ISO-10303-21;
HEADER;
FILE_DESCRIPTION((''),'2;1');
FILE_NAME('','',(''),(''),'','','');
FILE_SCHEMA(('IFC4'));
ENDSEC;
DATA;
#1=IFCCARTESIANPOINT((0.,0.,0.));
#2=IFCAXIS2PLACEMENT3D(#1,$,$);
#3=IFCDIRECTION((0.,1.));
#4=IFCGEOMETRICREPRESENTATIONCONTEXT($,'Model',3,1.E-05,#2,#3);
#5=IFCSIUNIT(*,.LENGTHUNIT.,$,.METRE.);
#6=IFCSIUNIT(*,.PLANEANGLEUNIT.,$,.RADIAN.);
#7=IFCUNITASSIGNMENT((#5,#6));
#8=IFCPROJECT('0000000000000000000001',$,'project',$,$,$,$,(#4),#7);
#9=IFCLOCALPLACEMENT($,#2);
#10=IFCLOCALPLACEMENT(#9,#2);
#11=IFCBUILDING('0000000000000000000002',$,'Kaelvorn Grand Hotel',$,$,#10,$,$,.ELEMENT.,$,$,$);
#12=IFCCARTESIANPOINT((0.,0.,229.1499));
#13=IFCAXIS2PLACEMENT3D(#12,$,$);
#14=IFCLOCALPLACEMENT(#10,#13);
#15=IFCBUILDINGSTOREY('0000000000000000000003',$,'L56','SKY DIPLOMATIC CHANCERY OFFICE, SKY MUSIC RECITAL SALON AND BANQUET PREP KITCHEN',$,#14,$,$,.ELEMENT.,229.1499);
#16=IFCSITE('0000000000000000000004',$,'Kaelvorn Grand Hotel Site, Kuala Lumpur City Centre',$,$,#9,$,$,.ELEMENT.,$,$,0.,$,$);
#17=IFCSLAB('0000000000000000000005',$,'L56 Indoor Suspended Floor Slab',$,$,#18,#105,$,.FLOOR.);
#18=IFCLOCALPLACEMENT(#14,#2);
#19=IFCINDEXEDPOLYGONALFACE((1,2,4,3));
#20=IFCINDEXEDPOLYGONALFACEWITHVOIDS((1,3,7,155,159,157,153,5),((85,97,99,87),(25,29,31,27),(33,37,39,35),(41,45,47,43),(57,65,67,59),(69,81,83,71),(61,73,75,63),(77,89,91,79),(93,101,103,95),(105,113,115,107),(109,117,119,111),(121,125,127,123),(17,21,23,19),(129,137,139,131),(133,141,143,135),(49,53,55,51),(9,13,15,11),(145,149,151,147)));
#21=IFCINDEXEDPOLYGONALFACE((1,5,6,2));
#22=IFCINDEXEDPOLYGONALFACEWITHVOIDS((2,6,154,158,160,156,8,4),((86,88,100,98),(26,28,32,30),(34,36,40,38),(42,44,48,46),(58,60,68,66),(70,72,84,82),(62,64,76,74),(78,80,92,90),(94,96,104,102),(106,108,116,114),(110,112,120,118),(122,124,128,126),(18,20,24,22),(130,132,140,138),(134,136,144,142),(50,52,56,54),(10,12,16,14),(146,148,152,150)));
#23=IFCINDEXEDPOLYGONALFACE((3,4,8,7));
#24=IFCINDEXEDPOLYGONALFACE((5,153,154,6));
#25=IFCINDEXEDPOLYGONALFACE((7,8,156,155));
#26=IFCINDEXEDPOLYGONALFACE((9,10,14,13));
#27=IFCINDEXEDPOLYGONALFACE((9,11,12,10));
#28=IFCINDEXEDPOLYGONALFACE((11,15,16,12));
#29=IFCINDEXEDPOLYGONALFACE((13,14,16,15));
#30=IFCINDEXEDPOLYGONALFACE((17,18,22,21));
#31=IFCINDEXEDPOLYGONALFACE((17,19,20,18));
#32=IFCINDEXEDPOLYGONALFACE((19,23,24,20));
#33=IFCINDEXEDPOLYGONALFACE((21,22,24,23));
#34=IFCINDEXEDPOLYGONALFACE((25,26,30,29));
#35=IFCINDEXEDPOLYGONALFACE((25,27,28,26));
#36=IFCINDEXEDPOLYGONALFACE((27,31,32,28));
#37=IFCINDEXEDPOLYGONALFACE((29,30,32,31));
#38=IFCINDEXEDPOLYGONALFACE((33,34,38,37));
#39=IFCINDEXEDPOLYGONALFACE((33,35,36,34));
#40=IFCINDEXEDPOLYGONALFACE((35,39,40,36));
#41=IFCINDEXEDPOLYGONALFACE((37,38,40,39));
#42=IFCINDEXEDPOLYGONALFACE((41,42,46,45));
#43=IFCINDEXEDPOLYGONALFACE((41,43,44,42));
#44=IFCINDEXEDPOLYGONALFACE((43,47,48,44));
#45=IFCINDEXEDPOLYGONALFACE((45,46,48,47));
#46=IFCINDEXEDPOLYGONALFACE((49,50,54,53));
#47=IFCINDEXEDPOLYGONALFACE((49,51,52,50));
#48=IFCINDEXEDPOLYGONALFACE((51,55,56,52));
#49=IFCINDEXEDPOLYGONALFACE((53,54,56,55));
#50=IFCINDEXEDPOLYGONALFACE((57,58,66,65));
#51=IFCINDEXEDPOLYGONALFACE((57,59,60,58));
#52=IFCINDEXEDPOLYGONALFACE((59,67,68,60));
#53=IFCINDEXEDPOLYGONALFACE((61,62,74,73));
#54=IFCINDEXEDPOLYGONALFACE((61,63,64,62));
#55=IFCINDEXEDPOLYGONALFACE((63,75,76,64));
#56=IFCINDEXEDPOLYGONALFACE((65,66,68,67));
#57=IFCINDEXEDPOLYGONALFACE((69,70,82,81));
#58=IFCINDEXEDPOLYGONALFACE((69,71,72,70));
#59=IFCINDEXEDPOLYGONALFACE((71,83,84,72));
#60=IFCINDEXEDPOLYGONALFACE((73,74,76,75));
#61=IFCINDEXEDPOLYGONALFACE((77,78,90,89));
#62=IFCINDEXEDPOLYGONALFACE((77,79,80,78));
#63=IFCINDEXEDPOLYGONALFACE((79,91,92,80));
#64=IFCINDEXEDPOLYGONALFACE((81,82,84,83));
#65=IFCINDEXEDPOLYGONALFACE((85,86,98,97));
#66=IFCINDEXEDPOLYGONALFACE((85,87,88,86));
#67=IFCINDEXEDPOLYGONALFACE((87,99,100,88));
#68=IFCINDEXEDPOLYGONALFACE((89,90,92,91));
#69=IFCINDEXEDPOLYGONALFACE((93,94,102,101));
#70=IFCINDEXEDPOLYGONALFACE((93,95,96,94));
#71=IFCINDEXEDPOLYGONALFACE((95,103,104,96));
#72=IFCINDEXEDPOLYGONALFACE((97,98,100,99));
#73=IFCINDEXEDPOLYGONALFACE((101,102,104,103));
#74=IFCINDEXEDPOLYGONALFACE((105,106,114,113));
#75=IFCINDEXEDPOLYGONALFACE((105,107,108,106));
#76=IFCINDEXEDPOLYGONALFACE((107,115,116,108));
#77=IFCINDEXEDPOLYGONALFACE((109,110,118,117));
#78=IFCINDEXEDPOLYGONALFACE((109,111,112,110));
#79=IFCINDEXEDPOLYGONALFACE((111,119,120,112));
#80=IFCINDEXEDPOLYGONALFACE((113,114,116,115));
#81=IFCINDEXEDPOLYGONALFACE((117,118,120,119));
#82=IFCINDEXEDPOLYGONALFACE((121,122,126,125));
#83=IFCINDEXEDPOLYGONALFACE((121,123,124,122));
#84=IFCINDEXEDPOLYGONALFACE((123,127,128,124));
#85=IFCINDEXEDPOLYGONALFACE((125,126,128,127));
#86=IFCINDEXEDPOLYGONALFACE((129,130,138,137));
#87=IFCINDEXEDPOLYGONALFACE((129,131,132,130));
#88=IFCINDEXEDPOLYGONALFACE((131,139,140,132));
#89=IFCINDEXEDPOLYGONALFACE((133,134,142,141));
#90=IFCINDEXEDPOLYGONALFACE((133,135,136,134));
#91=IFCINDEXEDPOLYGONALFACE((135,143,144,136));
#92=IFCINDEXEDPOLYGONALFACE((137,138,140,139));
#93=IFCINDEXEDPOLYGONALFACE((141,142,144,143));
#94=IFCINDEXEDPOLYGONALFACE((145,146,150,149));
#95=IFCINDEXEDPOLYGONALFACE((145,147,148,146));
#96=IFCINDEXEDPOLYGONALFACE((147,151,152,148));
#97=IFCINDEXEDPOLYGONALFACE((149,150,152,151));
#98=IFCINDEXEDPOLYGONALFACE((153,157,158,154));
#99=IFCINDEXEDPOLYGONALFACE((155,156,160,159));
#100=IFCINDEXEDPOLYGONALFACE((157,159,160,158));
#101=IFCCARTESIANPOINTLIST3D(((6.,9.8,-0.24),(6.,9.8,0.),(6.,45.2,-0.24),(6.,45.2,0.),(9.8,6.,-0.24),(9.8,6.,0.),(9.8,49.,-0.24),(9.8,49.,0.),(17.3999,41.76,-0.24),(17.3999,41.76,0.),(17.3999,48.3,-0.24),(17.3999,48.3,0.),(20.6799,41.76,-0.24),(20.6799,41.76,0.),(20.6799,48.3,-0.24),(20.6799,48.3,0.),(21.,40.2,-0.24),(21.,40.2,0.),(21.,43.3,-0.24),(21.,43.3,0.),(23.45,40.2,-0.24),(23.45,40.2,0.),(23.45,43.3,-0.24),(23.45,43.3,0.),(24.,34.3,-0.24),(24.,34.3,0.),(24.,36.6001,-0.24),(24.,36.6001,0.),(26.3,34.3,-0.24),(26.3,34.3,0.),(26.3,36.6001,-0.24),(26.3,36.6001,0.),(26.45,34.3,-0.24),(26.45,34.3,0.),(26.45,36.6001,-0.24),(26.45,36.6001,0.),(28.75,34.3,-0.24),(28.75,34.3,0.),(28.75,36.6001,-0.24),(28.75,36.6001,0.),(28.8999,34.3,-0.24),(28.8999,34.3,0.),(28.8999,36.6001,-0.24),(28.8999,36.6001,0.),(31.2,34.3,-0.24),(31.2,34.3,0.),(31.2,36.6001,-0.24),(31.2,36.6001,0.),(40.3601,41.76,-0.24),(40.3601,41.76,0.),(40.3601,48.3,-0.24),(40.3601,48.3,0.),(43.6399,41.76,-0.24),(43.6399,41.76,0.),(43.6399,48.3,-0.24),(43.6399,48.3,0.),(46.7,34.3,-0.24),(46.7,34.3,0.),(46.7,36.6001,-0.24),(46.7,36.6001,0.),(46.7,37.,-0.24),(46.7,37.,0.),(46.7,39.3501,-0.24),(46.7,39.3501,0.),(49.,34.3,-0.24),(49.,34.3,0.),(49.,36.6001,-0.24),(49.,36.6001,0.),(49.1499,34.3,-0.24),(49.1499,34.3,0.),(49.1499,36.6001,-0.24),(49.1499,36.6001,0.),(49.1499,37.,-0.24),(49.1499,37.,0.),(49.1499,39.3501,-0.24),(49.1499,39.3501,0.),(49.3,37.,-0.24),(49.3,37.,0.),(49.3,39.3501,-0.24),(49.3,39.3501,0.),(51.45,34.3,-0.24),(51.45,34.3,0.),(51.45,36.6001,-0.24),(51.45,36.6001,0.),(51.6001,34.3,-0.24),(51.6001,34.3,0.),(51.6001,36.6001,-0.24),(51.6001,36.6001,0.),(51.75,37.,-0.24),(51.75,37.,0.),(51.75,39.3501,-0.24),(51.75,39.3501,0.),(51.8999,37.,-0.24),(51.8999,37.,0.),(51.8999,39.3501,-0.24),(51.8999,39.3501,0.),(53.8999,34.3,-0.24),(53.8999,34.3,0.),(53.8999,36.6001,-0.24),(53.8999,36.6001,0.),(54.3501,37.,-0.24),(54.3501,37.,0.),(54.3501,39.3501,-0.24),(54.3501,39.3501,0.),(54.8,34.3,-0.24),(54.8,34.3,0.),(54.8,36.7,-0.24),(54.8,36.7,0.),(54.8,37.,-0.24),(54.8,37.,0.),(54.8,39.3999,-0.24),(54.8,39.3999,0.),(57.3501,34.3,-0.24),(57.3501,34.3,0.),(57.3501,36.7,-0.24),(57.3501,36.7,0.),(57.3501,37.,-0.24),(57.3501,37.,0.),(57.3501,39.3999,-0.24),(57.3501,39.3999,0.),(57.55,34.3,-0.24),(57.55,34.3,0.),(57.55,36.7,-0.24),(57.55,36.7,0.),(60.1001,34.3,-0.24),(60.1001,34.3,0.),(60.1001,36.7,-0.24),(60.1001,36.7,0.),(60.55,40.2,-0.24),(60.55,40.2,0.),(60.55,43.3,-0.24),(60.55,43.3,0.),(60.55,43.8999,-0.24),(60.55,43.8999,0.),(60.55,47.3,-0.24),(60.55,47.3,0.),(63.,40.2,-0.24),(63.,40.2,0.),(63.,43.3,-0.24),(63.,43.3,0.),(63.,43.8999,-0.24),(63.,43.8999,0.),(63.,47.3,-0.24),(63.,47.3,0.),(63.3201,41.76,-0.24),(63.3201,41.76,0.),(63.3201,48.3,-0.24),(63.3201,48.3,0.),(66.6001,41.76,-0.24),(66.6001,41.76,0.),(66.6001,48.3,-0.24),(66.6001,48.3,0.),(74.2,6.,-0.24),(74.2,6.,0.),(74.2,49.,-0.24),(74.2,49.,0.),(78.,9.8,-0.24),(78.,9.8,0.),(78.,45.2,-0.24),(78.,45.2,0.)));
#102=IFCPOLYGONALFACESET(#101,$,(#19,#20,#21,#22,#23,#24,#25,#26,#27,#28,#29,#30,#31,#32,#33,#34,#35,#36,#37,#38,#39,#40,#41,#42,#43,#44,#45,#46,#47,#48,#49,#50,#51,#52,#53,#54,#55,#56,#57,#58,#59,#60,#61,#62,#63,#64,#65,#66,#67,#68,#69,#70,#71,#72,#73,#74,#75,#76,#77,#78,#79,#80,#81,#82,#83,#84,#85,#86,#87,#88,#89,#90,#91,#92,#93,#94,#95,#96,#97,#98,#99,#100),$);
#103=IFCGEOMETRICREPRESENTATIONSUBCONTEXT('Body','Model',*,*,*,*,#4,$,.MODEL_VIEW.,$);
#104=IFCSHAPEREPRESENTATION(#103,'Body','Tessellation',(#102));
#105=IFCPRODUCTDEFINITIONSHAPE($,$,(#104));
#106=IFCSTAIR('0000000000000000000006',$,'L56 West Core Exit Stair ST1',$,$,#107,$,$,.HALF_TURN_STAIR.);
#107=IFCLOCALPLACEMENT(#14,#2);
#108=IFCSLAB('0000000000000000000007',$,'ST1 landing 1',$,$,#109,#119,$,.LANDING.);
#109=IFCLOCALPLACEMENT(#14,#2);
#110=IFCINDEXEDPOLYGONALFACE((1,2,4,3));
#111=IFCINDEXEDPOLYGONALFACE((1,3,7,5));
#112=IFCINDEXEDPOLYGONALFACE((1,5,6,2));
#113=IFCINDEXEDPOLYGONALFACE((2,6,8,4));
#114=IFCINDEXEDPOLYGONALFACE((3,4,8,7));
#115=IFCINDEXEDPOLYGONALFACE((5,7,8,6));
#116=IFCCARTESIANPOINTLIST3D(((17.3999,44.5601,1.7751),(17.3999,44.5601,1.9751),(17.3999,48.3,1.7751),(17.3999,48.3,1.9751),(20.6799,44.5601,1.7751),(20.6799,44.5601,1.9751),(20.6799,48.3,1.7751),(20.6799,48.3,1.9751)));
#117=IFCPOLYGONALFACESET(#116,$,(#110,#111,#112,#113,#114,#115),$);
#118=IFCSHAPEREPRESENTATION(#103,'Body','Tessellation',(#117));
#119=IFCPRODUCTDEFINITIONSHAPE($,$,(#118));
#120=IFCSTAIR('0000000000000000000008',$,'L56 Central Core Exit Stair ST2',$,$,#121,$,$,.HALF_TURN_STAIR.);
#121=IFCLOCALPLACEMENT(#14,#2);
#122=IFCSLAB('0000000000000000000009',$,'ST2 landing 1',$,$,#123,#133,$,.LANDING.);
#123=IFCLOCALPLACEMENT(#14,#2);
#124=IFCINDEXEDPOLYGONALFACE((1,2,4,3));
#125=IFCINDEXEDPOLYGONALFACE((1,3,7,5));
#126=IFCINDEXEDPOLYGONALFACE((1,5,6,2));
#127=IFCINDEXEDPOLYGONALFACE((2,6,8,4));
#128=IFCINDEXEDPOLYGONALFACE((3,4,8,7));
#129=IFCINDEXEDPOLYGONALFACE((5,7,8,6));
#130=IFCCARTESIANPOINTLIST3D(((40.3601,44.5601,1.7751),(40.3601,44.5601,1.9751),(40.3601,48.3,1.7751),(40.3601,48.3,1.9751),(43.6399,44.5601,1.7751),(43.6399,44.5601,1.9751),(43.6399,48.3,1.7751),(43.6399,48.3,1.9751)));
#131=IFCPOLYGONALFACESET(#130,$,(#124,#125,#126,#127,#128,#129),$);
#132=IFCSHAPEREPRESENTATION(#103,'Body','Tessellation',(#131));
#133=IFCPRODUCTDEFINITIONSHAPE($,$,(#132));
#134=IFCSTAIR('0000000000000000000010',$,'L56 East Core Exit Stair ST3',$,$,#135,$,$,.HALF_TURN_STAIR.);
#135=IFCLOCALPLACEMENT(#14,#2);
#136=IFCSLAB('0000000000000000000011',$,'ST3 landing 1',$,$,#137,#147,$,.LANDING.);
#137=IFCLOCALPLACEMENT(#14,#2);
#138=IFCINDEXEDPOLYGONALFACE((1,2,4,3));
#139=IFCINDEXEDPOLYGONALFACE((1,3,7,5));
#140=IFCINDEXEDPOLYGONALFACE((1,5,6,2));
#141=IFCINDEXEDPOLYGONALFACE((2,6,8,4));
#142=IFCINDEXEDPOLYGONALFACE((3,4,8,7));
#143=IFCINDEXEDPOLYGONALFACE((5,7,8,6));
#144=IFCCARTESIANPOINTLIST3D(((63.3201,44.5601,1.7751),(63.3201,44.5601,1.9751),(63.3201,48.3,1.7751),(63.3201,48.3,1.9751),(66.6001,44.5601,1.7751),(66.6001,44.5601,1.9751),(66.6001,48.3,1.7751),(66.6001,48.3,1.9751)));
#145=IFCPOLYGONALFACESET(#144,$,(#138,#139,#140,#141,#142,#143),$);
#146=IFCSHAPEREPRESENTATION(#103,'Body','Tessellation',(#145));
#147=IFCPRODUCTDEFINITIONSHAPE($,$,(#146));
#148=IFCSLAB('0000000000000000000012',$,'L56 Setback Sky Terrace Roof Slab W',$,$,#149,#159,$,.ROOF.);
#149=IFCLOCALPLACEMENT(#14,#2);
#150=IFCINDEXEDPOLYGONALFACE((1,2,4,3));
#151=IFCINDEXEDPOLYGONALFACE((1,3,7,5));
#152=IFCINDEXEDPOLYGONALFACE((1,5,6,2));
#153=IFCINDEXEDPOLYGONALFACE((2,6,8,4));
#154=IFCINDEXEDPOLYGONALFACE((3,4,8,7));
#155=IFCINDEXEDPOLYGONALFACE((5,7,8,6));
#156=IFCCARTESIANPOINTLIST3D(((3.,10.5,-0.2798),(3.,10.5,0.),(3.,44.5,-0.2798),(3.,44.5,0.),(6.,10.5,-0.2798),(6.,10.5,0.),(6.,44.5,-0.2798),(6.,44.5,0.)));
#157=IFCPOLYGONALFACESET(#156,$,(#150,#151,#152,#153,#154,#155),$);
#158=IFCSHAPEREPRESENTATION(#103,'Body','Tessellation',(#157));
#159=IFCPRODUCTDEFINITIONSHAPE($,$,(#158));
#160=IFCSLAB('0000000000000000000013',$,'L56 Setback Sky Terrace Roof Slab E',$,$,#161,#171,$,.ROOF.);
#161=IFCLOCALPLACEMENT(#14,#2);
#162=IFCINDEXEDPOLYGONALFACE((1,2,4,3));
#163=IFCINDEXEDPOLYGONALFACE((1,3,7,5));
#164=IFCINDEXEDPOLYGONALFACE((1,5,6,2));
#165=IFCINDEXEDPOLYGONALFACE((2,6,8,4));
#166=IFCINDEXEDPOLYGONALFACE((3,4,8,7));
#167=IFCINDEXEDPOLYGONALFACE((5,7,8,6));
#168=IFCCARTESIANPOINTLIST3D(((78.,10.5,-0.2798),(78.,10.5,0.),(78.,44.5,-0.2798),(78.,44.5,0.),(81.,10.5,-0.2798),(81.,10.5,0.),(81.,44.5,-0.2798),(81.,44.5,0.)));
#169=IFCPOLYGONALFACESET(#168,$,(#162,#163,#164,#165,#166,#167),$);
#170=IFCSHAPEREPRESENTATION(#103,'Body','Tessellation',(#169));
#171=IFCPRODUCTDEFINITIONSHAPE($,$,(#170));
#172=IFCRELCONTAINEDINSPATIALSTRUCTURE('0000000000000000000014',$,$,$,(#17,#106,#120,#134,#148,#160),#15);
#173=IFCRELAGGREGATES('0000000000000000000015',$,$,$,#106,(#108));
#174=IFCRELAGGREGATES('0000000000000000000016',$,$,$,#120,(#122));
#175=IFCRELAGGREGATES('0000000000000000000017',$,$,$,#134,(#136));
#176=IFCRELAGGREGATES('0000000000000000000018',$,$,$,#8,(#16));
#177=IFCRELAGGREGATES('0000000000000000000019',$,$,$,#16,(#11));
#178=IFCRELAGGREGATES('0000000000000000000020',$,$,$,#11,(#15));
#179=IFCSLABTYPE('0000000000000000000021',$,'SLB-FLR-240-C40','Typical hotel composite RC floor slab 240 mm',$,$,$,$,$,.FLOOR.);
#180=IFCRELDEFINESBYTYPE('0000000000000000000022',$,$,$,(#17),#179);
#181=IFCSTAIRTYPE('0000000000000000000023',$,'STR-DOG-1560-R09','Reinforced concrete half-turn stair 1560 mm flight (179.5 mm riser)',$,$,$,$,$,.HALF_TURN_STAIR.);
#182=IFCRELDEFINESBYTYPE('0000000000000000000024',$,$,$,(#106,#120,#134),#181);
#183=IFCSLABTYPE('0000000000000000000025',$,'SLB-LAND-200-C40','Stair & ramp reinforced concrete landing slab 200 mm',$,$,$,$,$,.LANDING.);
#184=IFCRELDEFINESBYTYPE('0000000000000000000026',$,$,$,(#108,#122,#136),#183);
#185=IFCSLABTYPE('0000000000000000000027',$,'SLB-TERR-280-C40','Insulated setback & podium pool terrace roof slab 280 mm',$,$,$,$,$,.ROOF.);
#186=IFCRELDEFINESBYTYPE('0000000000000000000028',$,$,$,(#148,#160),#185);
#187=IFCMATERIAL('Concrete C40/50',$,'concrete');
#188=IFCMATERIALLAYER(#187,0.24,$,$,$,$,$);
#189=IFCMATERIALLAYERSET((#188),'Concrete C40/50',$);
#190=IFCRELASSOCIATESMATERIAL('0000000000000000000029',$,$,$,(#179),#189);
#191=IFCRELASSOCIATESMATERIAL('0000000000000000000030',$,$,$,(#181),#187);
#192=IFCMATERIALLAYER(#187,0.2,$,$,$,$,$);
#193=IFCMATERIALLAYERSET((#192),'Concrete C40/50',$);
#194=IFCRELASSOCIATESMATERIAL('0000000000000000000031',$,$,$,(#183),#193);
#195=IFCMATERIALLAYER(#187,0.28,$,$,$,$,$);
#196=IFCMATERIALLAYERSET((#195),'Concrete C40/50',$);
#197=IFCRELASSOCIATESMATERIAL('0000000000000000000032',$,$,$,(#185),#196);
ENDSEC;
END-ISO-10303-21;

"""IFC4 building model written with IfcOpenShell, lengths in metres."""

from ifc_helpers import new_model, si_unit, direction, frame, origin, place, context, subcontext, project, spatial, polyline, outline, extrude, material, layer, layer_set, type_object, element, aggregate, save


model = new_model("IFC4")

# Units and contexts
model_context = context("Model", 3, precision=1e-05, world=origin(), true_north=direction((0.0, 1.0)))
body_context = subcontext(model_context, "Body", "Model", "MODEL_VIEW")
ifc_project = project(units=[si_unit("LENGTHUNIT", "METRE"), si_unit("PLANEANGLEUNIT", "RADIAN")], contexts=[model_context])

# Site, building, storey
site_placement = place(None, origin())
site = spatial("IfcSite", under=ifc_project, at=site_placement, Name="Kaelvorn Grand Hotel Site, Kuala Lumpur City Centre", CompositionType="ELEMENT", RefElevation=0.0)
building_placement = place(site_placement, origin())
building = spatial("IfcBuilding", under=site, at=building_placement, Name="Kaelvorn Grand Hotel", CompositionType="ELEMENT")
storey_placement = place(building_placement, frame((0.0, 0.0, 229.1499)))
storey = spatial("IfcBuildingStorey", under=building, at=storey_placement, Name="L56", Description="SKY DIPLOMATIC CHANCERY OFFICE, SKY MUSIC RECITAL SALON AND BANQUET PREP KITCHEN", CompositionType="ELEMENT", Elevation=229.1499)

# Slab
ifc_material_1 = material(Name="Concrete C40/50", Category="concrete")
ifc_layer_1 = layer(ifc_material_1, 0.24)
ifc_layer_set_1 = layer_set([ifc_layer_1], Name="Concrete C40/50")
slab_type_1 = type_object("IfcSlabType", Name="SLB-FLR-240-C40", Description="Typical hotel composite RC floor slab 240 mm", PredefinedType="FLOOR", material=ifc_layer_set_1)
slab_1_placement = place(storey_placement, frame((0.0, 0.0, -0.24)))
element("IfcSlab", 1, at=slab_1_placement, inside=storey, type_object=slab_type_1, Name="L56 Indoor Suspended Floor Slab", PredefinedType="FLOOR", context=body_context, shape_type="SweptSolid", body=[
    extrude(outline(polyline([(9.8, 6.0), (74.2, 6.0), (78.0, 9.8), (78.0, 45.2), (74.2, 49.0), (9.8, 49.0), (6.0, 45.2), (6.0, 9.8), (9.8, 6.0)]), holes=[polyline([(17.3999, 41.76), (17.3999, 48.3), (20.6799, 48.3), (20.6799, 41.76), (17.3999, 41.76)]), polyline([(40.3601, 41.76), (40.3601, 48.3), (43.6399, 48.3), (43.6399, 41.76), (40.3601, 41.76)]), polyline([(63.3201, 41.76), (63.3201, 48.3), (66.6001, 48.3), (66.6001, 41.76), (63.3201, 41.76)]), polyline([(24.0, 34.3), (24.0, 36.6001), (26.3, 36.6001), (26.3, 34.3), (24.0, 34.3)]), polyline([(26.45, 34.3), (26.45, 36.6001), (28.75, 36.6001), (28.75, 34.3), (26.45, 34.3)]), polyline([(28.8999, 34.3), (28.8999, 36.6001), (31.2, 36.6001), (31.2, 34.3), (28.8999, 34.3)]), polyline([(46.7, 34.3), (46.7, 36.6001), (49.0, 36.6001), (49.0, 34.3), (46.7, 34.3)]), polyline([(49.1499, 34.3), (49.1499, 36.6001), (51.45, 36.6001), (51.45, 34.3), (49.1499, 34.3)]), polyline([(51.6001, 34.3), (51.6001, 36.6001), (53.8999, 36.6001), (53.8999, 34.3), (51.6001, 34.3)]), polyline([(46.7, 37.0), (46.7, 39.3501), (49.1499, 39.3501), (49.1499, 37.0), (46.7, 37.0)]), polyline([(49.3, 37.0), (49.3, 39.3501), (51.75, 39.3501), (51.75, 37.0), (49.3, 37.0)]), polyline([(51.8999, 37.0), (51.8999, 39.3501), (54.3501, 39.3501), (54.3501, 37.0), (51.8999, 37.0)]), polyline([(54.8, 34.3), (54.8, 36.7), (57.3501, 36.7), (57.3501, 34.3), (54.8, 34.3)]), polyline([(57.55, 34.3), (57.55, 36.7), (60.1001, 36.7), (60.1001, 34.3), (57.55, 34.3)]), polyline([(54.8, 37.0), (54.8, 39.3999), (57.3501, 39.3999), (57.3501, 37.0), (54.8, 37.0)]), polyline([(21.0, 40.2), (21.0, 43.3), (23.45, 43.3), (23.45, 40.2), (21.0, 40.2)]), polyline([(60.55, 40.2), (60.55, 43.3), (63.0, 43.3), (63.0, 40.2), (60.55, 40.2)]), polyline([(60.55, 43.8999), (60.55, 47.3), (63.0, 47.3), (63.0, 43.8999), (60.55, 43.8999)])]), origin(), (0.0, 0.0, 1.0), 0.24),
])

# Stairs, slabs
stair_type = type_object("IfcStairType", Name="STR-DOG-1560-R09", Description="Reinforced concrete half-turn stair 1560 mm flight (179.5 mm riser)", PredefinedType="HALF_TURN_STAIR", material=ifc_material_1)
stair_1_placement = place(storey_placement, origin())
stair_1 = element("IfcStair", 2, at=stair_1_placement, inside=storey, type_object=stair_type, Name="L56 West Core Exit Stair ST1", PredefinedType="HALF_TURN_STAIR")
ifc_layer_2 = layer(ifc_material_1, 0.2)
ifc_layer_set_2 = layer_set([ifc_layer_2], Name="Concrete C40/50")
slab_type_2 = type_object("IfcSlabType", Name="SLB-LAND-200-C40", Description="Stair & ramp reinforced concrete landing slab 200 mm", PredefinedType="LANDING", material=ifc_layer_set_2)
slab_2_placement = place(storey_placement, frame((0.0, 0.0, 1.7751)))
slab_2 = element("IfcSlab", 3, at=slab_2_placement, type_object=slab_type_2, Name="ST1 landing 1", PredefinedType="LANDING", context=body_context, shape_type="SweptSolid", body=[
    extrude(outline(polyline([(20.6799, 44.5601), (20.6799, 48.3), (17.3999, 48.3), (17.3999, 44.5601), (20.6799, 44.5601)])), origin(), (0.0, 0.0, 1.0), 0.2),
])
aggregate(stair_1, [slab_2])
stair_2_placement = place(storey_placement, origin())
stair_2 = element("IfcStair", 4, at=stair_2_placement, inside=storey, type_object=stair_type, Name="L56 Central Core Exit Stair ST2", PredefinedType="HALF_TURN_STAIR")
slab_3_placement = place(storey_placement, frame((0.0, 0.0, 1.7751)))
slab_3 = element("IfcSlab", 5, at=slab_3_placement, type_object=slab_type_2, Name="ST2 landing 1", PredefinedType="LANDING", context=body_context, shape_type="SweptSolid", body=[
    extrude(outline(polyline([(43.6399, 44.5601), (43.6399, 48.3), (40.3601, 48.3), (40.3601, 44.5601), (43.6399, 44.5601)])), origin(), (0.0, 0.0, 1.0), 0.2),
])
aggregate(stair_2, [slab_3])
stair_3_placement = place(storey_placement, origin())
stair_3 = element("IfcStair", 6, at=stair_3_placement, inside=storey, type_object=stair_type, Name="L56 East Core Exit Stair ST3", PredefinedType="HALF_TURN_STAIR")
slab_4_placement = place(storey_placement, frame((0.0, 0.0, 1.7751)))
slab_4 = element("IfcSlab", 7, at=slab_4_placement, type_object=slab_type_2, Name="ST3 landing 1", PredefinedType="LANDING", context=body_context, shape_type="SweptSolid", body=[
    extrude(outline(polyline([(66.6001, 44.5601), (66.6001, 48.3), (63.3201, 48.3), (63.3201, 44.5601), (66.6001, 44.5601)])), origin(), (0.0, 0.0, 1.0), 0.2),
])
aggregate(stair_3, [slab_4])

# Slabs
ifc_layer_3 = layer(ifc_material_1, 0.28)
ifc_layer_set_3 = layer_set([ifc_layer_3], Name="Concrete C40/50")
slab_type_3 = type_object("IfcSlabType", Name="SLB-TERR-280-C40", Description="Insulated setback & podium pool terrace roof slab 280 mm", PredefinedType="ROOF", material=ifc_layer_set_3)
slab_5_placement = place(storey_placement, frame((0.0, 0.0, -0.2798)))
element("IfcSlab", 8, at=slab_5_placement, inside=storey, type_object=slab_type_3, Name="L56 Setback Sky Terrace Roof Slab W", PredefinedType="ROOF", context=body_context, shape_type="SweptSolid", body=[
    extrude(outline(polyline([(3.0, 10.5), (6.0, 10.5), (6.0, 44.5), (3.0, 44.5), (3.0, 10.5)])), origin(), (0.0, 0.0, 1.0), 0.2798),
])
slab_6_placement = place(storey_placement, frame((0.0, 0.0, -0.2798)))
element("IfcSlab", 9, at=slab_6_placement, inside=storey, type_object=slab_type_3, Name="L56 Setback Sky Terrace Roof Slab E", PredefinedType="ROOF", context=body_context, shape_type="SweptSolid", body=[
    extrude(outline(polyline([(78.0, 10.5), (81.0, 10.5), (81.0, 44.5), (78.0, 44.5), (78.0, 10.5)])), origin(), (0.0, 0.0, 1.0), 0.2798),
])

save(model, "model.ifc")
